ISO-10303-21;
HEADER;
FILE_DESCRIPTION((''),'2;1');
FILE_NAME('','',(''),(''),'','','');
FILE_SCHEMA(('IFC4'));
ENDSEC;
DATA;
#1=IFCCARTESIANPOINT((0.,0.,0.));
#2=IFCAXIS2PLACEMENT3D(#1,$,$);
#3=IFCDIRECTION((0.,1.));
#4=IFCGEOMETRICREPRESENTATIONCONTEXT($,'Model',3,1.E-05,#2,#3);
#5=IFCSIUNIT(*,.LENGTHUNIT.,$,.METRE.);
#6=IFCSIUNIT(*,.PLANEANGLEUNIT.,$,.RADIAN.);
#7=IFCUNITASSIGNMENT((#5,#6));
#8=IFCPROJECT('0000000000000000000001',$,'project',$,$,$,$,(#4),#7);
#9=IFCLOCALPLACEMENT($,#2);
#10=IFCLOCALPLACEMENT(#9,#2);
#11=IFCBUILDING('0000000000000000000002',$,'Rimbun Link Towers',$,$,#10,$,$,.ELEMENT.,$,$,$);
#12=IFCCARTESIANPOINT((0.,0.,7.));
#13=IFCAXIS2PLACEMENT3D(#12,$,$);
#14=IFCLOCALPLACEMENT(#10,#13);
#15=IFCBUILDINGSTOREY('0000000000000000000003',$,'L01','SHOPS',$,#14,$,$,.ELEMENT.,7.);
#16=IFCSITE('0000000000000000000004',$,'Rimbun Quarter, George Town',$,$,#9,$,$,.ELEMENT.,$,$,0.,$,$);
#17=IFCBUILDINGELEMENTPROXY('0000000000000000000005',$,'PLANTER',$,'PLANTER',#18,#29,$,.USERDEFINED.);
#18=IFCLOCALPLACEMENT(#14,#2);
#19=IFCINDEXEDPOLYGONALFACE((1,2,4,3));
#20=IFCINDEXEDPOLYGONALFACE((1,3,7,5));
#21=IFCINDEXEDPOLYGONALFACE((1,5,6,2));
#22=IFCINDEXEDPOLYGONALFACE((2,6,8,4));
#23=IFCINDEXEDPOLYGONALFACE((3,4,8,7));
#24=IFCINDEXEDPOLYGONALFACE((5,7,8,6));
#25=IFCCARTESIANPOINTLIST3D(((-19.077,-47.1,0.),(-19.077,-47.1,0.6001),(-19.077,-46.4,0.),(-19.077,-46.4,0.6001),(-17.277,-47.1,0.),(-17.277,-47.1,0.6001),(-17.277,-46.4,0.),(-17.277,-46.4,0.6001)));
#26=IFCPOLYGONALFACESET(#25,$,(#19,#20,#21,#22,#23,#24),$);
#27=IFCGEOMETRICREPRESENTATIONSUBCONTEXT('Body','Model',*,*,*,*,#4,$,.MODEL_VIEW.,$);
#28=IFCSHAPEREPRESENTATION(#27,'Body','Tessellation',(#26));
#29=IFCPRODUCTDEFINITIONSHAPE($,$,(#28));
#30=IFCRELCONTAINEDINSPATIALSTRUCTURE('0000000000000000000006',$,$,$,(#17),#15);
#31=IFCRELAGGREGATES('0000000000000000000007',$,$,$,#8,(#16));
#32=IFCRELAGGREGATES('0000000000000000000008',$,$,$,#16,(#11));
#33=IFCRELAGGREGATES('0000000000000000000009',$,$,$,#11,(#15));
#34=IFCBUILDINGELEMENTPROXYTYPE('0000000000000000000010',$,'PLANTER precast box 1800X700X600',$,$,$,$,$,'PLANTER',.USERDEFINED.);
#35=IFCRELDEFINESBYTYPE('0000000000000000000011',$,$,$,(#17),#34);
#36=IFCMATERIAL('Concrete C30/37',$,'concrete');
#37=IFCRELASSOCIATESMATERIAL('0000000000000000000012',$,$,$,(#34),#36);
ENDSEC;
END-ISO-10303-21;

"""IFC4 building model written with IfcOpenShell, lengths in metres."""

from ifc_helpers import new_model, si_unit, direction, frame, origin, origin_2d, place, context, subcontext, project, spatial, rectangle, extrude, material, type_object, element, save


model = new_model("IFC4")

# Units and contexts
model_context = context("Model", 3, precision=1e-05, world=origin(), true_north=direction((0.0, 1.0)))
body_context = subcontext(model_context, "Body", "Model", "MODEL_VIEW")
ifc_project = project(units=[si_unit("LENGTHUNIT", "METRE"), si_unit("PLANEANGLEUNIT", "RADIAN")], contexts=[model_context])

# Site, building, storey
site_placement = place(None, origin())
site = spatial("IfcSite", under=ifc_project, at=site_placement, Name="Rimbun Quarter, George Town", CompositionType="ELEMENT", RefElevation=0.0)
building_placement = place(site_placement, origin())
building = spatial("IfcBuilding", under=site, at=building_placement, Name="Rimbun Link Towers", CompositionType="ELEMENT")
storey_placement = place(building_placement, frame((0.0, 0.0, 7.0)))
storey = spatial("IfcBuildingStorey", under=building, at=storey_placement, Name="L01", Description="SHOPS", CompositionType="ELEMENT", Elevation=7.0)

# Building element proxy
ifc_material_1 = material(Name="Concrete C30/37", Category="concrete")
building_element_proxy_type = type_object("IfcBuildingElementProxyType", Name="PLANTER precast box 1800X700X600", ElementType="PLANTER", PredefinedType="USERDEFINED", material=ifc_material_1)
for number, where, z_axis, x_axis, name in (
    (1, (-18.177, -46.75, 0.0), (0.0, 0.0, 1.0), (1.0, 0.0, 0.0), "PLANTER"),
):
    element("IfcBuildingElementProxy", number, at=place(storey_placement, frame(where, z_axis=z_axis, x_axis=x_axis)), inside=storey, type_object=building_element_proxy_type, Name=name, ObjectType="PLANTER", PredefinedType="USERDEFINED", context=body_context, shape_type="SweptSolid", body=[
        extrude(rectangle(XDim=1.8, YDim=0.7, at=origin_2d()), origin(), (0.0, 0.0, 1.0), 0.6001),
    ])

save(model, "model.ifc")
